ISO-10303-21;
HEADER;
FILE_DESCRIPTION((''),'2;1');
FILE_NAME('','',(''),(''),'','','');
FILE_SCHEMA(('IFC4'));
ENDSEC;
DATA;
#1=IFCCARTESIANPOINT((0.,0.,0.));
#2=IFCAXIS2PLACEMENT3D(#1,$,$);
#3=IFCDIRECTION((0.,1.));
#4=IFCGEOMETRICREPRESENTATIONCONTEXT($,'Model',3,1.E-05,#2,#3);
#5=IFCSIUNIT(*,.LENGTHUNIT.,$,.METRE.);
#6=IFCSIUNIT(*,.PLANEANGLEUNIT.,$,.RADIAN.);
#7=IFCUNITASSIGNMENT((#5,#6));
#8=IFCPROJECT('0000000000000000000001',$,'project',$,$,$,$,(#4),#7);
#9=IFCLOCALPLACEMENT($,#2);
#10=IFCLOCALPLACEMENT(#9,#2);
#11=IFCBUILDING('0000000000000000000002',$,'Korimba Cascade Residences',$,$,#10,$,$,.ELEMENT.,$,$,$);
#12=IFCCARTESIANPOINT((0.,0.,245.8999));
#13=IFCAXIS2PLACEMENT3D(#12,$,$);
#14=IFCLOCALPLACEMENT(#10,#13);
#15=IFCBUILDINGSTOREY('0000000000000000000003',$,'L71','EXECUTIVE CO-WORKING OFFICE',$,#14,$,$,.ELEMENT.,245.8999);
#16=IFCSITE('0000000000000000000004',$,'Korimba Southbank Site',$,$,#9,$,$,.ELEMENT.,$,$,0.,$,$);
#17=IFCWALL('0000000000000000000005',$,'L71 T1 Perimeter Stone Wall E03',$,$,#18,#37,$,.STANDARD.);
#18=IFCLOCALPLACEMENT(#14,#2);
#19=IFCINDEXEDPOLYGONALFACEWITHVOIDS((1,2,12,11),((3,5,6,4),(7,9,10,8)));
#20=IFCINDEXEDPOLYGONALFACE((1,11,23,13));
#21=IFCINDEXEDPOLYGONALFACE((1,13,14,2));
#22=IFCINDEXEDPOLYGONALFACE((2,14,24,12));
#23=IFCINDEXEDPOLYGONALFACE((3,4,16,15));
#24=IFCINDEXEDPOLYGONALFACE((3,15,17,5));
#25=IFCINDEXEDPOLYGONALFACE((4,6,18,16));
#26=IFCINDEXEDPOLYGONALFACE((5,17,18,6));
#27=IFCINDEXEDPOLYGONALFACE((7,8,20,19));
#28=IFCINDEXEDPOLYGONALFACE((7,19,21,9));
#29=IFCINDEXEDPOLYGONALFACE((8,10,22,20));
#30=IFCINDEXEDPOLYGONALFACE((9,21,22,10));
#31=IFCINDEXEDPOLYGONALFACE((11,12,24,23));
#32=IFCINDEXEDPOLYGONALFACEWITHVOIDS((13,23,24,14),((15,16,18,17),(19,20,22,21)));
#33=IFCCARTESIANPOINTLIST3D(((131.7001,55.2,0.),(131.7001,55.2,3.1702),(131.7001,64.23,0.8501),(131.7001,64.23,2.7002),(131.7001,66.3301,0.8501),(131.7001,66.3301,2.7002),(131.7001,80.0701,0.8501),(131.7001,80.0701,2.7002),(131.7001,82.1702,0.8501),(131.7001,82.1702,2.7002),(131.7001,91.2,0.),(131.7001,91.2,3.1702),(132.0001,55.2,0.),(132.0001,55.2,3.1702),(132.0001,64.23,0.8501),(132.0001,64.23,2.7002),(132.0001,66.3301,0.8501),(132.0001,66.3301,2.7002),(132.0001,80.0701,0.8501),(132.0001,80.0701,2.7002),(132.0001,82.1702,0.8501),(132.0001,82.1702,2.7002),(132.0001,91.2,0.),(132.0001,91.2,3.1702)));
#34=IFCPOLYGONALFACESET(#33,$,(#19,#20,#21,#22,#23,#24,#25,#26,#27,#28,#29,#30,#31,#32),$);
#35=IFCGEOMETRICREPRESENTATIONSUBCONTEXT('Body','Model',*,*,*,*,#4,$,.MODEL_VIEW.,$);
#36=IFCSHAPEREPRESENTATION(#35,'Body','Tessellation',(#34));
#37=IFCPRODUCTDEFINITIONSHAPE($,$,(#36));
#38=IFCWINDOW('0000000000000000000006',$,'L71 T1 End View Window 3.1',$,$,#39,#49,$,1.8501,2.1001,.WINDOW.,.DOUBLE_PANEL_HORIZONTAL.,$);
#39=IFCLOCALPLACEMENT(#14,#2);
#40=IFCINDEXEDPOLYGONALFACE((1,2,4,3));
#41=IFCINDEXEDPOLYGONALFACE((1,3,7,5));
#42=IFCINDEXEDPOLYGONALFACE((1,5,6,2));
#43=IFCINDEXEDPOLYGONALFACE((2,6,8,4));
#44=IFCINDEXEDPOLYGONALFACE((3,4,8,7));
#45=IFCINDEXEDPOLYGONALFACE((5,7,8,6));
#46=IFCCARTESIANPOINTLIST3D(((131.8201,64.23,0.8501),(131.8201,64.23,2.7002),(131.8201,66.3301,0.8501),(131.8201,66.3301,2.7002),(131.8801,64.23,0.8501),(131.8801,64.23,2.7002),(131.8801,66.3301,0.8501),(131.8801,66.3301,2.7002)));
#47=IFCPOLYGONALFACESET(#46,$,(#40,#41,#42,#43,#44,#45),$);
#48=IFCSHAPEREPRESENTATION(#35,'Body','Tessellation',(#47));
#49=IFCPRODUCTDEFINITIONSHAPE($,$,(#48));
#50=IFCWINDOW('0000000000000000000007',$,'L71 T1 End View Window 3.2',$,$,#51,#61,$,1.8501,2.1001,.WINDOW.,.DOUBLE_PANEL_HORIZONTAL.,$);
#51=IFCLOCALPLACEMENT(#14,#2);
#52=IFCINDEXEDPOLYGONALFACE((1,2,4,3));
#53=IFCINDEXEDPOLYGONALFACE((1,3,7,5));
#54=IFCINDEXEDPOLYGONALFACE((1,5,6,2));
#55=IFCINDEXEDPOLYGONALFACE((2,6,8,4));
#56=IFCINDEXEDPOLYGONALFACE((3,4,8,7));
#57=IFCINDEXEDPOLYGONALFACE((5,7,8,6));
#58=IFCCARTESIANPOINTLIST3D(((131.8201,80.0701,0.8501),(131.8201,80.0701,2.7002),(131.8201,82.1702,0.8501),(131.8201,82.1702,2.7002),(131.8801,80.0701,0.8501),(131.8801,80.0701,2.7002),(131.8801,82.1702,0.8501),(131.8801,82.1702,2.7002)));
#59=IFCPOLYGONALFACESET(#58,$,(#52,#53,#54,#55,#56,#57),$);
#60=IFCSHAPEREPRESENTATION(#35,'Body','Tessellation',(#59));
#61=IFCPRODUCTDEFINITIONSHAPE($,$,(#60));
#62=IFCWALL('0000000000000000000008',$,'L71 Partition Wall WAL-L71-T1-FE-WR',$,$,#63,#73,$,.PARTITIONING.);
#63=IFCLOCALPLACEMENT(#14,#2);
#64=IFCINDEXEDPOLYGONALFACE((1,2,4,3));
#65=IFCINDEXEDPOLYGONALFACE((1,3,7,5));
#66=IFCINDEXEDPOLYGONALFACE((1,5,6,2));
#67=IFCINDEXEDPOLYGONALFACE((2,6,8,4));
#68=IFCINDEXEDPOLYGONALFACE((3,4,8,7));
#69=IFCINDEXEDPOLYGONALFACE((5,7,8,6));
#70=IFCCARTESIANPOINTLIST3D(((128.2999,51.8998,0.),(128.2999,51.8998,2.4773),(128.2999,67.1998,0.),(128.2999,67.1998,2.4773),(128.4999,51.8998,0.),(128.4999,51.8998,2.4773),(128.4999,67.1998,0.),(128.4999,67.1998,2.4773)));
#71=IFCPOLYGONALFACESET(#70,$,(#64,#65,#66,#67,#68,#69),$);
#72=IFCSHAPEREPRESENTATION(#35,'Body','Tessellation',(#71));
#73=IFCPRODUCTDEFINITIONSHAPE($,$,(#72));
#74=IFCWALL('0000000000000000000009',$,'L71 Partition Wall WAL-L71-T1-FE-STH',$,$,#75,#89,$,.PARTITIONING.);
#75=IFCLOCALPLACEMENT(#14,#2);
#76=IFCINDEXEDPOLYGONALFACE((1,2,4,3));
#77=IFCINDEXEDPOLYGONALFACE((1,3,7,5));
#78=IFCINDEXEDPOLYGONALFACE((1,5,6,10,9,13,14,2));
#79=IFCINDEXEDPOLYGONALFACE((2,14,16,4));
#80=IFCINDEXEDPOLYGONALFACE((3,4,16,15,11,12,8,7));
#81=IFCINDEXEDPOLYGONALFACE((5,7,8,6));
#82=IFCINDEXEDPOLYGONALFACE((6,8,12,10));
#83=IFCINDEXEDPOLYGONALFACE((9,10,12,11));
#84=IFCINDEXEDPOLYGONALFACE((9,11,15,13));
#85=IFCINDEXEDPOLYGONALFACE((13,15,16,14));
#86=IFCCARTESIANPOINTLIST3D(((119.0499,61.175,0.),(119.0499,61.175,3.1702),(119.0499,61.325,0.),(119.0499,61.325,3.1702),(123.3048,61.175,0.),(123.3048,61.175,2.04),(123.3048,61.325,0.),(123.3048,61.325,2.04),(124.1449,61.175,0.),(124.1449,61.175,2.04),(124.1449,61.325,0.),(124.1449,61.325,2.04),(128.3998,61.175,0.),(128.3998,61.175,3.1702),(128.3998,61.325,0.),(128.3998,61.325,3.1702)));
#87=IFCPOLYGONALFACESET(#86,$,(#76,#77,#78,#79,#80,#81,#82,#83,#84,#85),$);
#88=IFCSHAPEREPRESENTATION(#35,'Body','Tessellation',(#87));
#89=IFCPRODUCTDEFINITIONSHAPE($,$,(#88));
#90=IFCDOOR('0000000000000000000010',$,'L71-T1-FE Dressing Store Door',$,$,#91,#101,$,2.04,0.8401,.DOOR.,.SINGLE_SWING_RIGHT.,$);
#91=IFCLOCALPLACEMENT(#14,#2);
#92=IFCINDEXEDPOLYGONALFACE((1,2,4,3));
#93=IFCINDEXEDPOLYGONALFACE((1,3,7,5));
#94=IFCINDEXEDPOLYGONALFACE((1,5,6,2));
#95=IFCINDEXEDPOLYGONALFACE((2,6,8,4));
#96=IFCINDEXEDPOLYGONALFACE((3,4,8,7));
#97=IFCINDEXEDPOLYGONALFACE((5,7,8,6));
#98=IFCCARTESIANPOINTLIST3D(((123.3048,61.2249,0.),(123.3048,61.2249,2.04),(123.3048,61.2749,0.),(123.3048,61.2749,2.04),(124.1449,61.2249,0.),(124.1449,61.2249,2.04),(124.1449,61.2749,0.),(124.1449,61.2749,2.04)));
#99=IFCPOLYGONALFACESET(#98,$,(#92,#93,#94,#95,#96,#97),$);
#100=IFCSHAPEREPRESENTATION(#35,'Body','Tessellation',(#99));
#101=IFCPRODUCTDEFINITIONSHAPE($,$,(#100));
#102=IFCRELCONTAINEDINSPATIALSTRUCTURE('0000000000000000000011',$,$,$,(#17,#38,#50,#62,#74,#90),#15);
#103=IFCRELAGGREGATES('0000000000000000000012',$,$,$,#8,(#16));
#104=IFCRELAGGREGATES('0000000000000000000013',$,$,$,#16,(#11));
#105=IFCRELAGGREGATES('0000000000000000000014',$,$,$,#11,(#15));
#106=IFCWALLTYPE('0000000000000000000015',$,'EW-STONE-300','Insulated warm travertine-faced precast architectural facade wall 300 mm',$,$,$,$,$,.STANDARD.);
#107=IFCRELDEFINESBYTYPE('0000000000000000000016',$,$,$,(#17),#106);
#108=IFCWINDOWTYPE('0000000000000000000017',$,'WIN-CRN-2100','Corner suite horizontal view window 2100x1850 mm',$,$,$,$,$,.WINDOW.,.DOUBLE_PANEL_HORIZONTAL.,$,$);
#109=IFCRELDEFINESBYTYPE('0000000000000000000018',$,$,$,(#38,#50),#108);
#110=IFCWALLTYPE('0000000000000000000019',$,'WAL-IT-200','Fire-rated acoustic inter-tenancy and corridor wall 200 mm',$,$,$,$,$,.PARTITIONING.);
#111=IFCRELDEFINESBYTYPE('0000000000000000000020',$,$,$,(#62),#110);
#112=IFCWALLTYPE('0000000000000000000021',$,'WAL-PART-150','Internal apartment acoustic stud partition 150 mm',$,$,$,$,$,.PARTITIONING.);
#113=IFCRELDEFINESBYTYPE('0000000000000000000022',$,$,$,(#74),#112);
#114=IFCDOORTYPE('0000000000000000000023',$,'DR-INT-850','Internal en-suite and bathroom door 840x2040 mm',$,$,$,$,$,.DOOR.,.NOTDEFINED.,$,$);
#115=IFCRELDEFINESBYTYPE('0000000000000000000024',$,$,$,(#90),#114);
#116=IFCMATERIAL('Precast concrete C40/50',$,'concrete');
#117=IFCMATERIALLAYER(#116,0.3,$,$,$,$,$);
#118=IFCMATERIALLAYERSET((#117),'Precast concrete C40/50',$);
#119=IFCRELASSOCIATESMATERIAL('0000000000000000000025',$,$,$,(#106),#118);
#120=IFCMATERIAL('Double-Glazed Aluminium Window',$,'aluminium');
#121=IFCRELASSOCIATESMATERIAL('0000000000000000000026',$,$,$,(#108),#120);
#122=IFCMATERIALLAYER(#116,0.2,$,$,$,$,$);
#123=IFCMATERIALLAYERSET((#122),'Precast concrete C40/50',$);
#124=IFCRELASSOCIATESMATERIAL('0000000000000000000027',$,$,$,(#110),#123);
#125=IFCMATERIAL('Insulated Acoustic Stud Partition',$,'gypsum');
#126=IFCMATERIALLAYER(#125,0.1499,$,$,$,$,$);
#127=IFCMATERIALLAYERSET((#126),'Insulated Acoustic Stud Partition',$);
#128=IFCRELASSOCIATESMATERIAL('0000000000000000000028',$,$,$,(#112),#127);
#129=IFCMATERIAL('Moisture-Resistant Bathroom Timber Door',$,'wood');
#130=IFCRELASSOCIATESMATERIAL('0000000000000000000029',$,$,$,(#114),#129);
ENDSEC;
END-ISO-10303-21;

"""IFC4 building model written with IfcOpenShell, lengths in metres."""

from ifc_helpers import new_model, si_unit, direction, frame, frame_2d, origin, place, context, subcontext, project, spatial, rectangle, extrude, material, layer, layer_set, type_object, element, fill, save


model = new_model("IFC4")

# Units and contexts
model_context = context("Model", 3, precision=1e-05, world=origin(), true_north=direction((0.0, 1.0)))
body_context = subcontext(model_context, "Body", "Model", "MODEL_VIEW")
ifc_project = project(units=[si_unit("LENGTHUNIT", "METRE"), si_unit("PLANEANGLEUNIT", "RADIAN")], contexts=[model_context])

# Site, building, storey
site_placement = place(None, origin())
site = spatial("IfcSite", under=ifc_project, at=site_placement, Name="Korimba Southbank Site", CompositionType="ELEMENT", RefElevation=0.0)
building_placement = place(site_placement, origin())
building = spatial("IfcBuilding", under=site, at=building_placement, Name="Korimba Cascade Residences", CompositionType="ELEMENT")
storey_placement = place(building_placement, frame((0.0, 0.0, 245.8999)))
storey = spatial("IfcBuildingStorey", under=building, at=storey_placement, Name="L71", Description="EXECUTIVE CO-WORKING OFFICE", CompositionType="ELEMENT", Elevation=245.8999)

# Shared definitions
ifc_material_1 = material(Name="Precast concrete C40/50", Category="concrete")
ifc_layer_1 = layer(ifc_material_1, 0.3)
ifc_layer_set_1 = layer_set([ifc_layer_1], Name="Precast concrete C40/50")
wall_type_1 = type_object("IfcWallType", Name="EW-STONE-300", Description="Insulated warm travertine-faced precast architectural facade wall 300 mm", PredefinedType="STANDARD", material=ifc_layer_set_1)

# Wall, openings, windows
wall_1_placement = place(storey_placement, frame((131.8501, 55.2, 0.0), z_axis=(0.0, 0.0, 1.0), x_axis=(0.0, 1.0, 0.0)))
wall_1 = element("IfcWall", 1, at=wall_1_placement, inside=storey, type_object=wall_type_1, Name="L71 T1 Perimeter Stone Wall E03", PredefinedType="STANDARD", context=body_context, shape_type="SweptSolid", body=[
    extrude(rectangle(XDim=36.0, YDim=0.3, at=frame_2d((18.0, 0.0))), origin(), (0.0, 0.0, 1.0), 3.1702),
])
opening_1_placement = place(wall_1_placement, frame((9.03, 0.0, 0.8501)))
opening_1 = element("IfcOpeningElement", 2, at=opening_1_placement, cuts=wall_1, PredefinedType="OPENING", context=body_context, shape_type="SweptSolid", body=[
    extrude(rectangle(XDim=2.1001, YDim=1.8501, at=frame_2d((1.05, 0.925))), frame((0.0, 0.1602, 0.0), z_axis=(0.0, -1.0, 0.0), x_axis=(1.0, 0.0, 0.0)), (0.0, 0.0, 1.0), 0.3201),
])
opening_2_placement = place(wall_1_placement, frame((24.8701, 0.0, 0.8501)))
opening_2 = element("IfcOpeningElement", 3, at=opening_2_placement, cuts=wall_1, PredefinedType="OPENING", context=body_context, shape_type="SweptSolid", body=[
    extrude(rectangle(XDim=2.1001, YDim=1.8501, at=frame_2d((1.05, 0.925))), frame((0.0, 0.1602, 0.0), z_axis=(0.0, -1.0, 0.0), x_axis=(1.0, 0.0, 0.0)), (0.0, 0.0, 1.0), 0.3201),
])
ifc_material_2 = material(Name="Double-Glazed Aluminium Window", Category="aluminium")
window_type = type_object("IfcWindowType", Name="WIN-CRN-2100", Description="Corner suite horizontal view window 2100x1850 mm", PartitioningType="DOUBLE_PANEL_HORIZONTAL", PredefinedType="WINDOW", material=ifc_material_2)
window_1_placement = place(opening_1_placement, origin())
window_1 = element("IfcWindow", 4, at=window_1_placement, inside=storey, type_object=window_type, Name="L71 T1 End View Window 3.1", OverallHeight=1.8501, OverallWidth=2.1001, PartitioningType="DOUBLE_PANEL_HORIZONTAL", PredefinedType="WINDOW", context=body_context, shape_type="SweptSolid", body=[
    extrude(rectangle(XDim=2.1001, YDim=1.8501, at=frame_2d((1.05, 0.925))), frame((0.0, 0.03, 0.0), z_axis=(0.0, -1.0, 0.0), x_axis=(1.0, 0.0, 0.0)), (0.0, 0.0, 1.0), 0.0601),
])
fill(opening_1, window_1)
window_2_placement = place(opening_2_placement, origin())
window_2 = element("IfcWindow", 5, at=window_2_placement, inside=storey, type_object=window_type, Name="L71 T1 End View Window 3.2", OverallHeight=1.8501, OverallWidth=2.1001, PartitioningType="DOUBLE_PANEL_HORIZONTAL", PredefinedType="WINDOW", context=body_context, shape_type="SweptSolid", body=[
    extrude(rectangle(XDim=2.1001, YDim=1.8501, at=frame_2d((1.05, 0.925))), frame((0.0, 0.03, 0.0), z_axis=(0.0, -1.0, 0.0), x_axis=(1.0, 0.0, 0.0)), (0.0, 0.0, 1.0), 0.0601),
])
fill(opening_2, window_2)

# Wall
ifc_layer_2 = layer(ifc_material_1, 0.2)
ifc_layer_set_2 = layer_set([ifc_layer_2], Name="Precast concrete C40/50")
wall_type_2 = type_object("IfcWallType", Name="WAL-IT-200", Description="Fire-rated acoustic inter-tenancy and corridor wall 200 mm", PredefinedType="PARTITIONING", material=ifc_layer_set_2)
wall_2_placement = place(storey_placement, frame((128.3999, 51.8999, 0.0), z_axis=(0.0, 0.0, 1.0), x_axis=(0.0, 1.0, 0.0)))
element("IfcWall", 6, at=wall_2_placement, inside=storey, type_object=wall_type_2, Name="L71 Partition Wall WAL-L71-T1-FE-WR", PredefinedType="PARTITIONING", context=body_context, shape_type="SweptSolid", body=[
    extrude(rectangle(XDim=15.3, YDim=0.2, at=frame_2d((7.6499, 0.0))), origin(), (0.0, 0.0, 1.0), 2.4773),
])

# Wall, opening, door
ifc_material_3 = material(Name="Insulated Acoustic Stud Partition", Category="gypsum")
ifc_layer_3 = layer(ifc_material_3, 0.1499)
ifc_layer_set_3 = layer_set([ifc_layer_3], Name="Insulated Acoustic Stud Partition")
wall_type_3 = type_object("IfcWallType", Name="WAL-PART-150", Description="Internal apartment acoustic stud partition 150 mm", PredefinedType="PARTITIONING", material=ifc_layer_set_3)
wall_3_placement = place(storey_placement, frame((119.05, 61.25, 0.0), z_axis=(0.0, 0.0, 1.0), x_axis=(1.0, 0.0, 0.0)))
wall_3 = element("IfcWall", 7, at=wall_3_placement, inside=storey, type_object=wall_type_3, Name="L71 Partition Wall WAL-L71-T1-FE-STH", PredefinedType="PARTITIONING", context=body_context, shape_type="SweptSolid", body=[
    extrude(rectangle(XDim=9.3499, YDim=0.1499, at=frame_2d((4.6748, 0.0))), origin(), (0.0, 0.0, 1.0), 3.1702),
])
opening_3_placement = place(wall_3_placement, frame((4.2549, 0.0, 0.0)))
opening_3 = element("IfcOpeningElement", 8, at=opening_3_placement, cuts=wall_3, PredefinedType="OPENING", context=body_context, shape_type="SweptSolid", body=[
    extrude(rectangle(XDim=0.8401, YDim=2.04, at=frame_2d((0.4199, 1.02))), frame((0.0, 0.085, 0.0), z_axis=(0.0, -1.0, 0.0), x_axis=(1.0, 0.0, 0.0)), (0.0, 0.0, 1.0), 0.1699),
])
ifc_material_4 = material(Name="Moisture-Resistant Bathroom Timber Door", Category="wood")
door_type = type_object("IfcDoorType", Name="DR-INT-850", Description="Internal en-suite and bathroom door 840x2040 mm", OperationType="NOTDEFINED", PredefinedType="DOOR", material=ifc_material_4)
door_placement = place(opening_3_placement, origin())
door = element("IfcDoor", 9, at=door_placement, inside=storey, type_object=door_type, Name="L71-T1-FE Dressing Store Door", OperationType="SINGLE_SWING_RIGHT", OverallHeight=2.04, OverallWidth=0.8401, PredefinedType="DOOR", context=body_context, shape_type="SweptSolid", body=[
    extrude(rectangle(XDim=0.8401, YDim=2.04, at=frame_2d((0.4199, 1.02))), frame((0.0, 0.0249, 0.0), z_axis=(0.0, -1.0, 0.0), x_axis=(1.0, 0.0, 0.0)), (0.0, 0.0, 1.0), 0.05),
])
fill(opening_3, door)

save(model, "model.ifc")
